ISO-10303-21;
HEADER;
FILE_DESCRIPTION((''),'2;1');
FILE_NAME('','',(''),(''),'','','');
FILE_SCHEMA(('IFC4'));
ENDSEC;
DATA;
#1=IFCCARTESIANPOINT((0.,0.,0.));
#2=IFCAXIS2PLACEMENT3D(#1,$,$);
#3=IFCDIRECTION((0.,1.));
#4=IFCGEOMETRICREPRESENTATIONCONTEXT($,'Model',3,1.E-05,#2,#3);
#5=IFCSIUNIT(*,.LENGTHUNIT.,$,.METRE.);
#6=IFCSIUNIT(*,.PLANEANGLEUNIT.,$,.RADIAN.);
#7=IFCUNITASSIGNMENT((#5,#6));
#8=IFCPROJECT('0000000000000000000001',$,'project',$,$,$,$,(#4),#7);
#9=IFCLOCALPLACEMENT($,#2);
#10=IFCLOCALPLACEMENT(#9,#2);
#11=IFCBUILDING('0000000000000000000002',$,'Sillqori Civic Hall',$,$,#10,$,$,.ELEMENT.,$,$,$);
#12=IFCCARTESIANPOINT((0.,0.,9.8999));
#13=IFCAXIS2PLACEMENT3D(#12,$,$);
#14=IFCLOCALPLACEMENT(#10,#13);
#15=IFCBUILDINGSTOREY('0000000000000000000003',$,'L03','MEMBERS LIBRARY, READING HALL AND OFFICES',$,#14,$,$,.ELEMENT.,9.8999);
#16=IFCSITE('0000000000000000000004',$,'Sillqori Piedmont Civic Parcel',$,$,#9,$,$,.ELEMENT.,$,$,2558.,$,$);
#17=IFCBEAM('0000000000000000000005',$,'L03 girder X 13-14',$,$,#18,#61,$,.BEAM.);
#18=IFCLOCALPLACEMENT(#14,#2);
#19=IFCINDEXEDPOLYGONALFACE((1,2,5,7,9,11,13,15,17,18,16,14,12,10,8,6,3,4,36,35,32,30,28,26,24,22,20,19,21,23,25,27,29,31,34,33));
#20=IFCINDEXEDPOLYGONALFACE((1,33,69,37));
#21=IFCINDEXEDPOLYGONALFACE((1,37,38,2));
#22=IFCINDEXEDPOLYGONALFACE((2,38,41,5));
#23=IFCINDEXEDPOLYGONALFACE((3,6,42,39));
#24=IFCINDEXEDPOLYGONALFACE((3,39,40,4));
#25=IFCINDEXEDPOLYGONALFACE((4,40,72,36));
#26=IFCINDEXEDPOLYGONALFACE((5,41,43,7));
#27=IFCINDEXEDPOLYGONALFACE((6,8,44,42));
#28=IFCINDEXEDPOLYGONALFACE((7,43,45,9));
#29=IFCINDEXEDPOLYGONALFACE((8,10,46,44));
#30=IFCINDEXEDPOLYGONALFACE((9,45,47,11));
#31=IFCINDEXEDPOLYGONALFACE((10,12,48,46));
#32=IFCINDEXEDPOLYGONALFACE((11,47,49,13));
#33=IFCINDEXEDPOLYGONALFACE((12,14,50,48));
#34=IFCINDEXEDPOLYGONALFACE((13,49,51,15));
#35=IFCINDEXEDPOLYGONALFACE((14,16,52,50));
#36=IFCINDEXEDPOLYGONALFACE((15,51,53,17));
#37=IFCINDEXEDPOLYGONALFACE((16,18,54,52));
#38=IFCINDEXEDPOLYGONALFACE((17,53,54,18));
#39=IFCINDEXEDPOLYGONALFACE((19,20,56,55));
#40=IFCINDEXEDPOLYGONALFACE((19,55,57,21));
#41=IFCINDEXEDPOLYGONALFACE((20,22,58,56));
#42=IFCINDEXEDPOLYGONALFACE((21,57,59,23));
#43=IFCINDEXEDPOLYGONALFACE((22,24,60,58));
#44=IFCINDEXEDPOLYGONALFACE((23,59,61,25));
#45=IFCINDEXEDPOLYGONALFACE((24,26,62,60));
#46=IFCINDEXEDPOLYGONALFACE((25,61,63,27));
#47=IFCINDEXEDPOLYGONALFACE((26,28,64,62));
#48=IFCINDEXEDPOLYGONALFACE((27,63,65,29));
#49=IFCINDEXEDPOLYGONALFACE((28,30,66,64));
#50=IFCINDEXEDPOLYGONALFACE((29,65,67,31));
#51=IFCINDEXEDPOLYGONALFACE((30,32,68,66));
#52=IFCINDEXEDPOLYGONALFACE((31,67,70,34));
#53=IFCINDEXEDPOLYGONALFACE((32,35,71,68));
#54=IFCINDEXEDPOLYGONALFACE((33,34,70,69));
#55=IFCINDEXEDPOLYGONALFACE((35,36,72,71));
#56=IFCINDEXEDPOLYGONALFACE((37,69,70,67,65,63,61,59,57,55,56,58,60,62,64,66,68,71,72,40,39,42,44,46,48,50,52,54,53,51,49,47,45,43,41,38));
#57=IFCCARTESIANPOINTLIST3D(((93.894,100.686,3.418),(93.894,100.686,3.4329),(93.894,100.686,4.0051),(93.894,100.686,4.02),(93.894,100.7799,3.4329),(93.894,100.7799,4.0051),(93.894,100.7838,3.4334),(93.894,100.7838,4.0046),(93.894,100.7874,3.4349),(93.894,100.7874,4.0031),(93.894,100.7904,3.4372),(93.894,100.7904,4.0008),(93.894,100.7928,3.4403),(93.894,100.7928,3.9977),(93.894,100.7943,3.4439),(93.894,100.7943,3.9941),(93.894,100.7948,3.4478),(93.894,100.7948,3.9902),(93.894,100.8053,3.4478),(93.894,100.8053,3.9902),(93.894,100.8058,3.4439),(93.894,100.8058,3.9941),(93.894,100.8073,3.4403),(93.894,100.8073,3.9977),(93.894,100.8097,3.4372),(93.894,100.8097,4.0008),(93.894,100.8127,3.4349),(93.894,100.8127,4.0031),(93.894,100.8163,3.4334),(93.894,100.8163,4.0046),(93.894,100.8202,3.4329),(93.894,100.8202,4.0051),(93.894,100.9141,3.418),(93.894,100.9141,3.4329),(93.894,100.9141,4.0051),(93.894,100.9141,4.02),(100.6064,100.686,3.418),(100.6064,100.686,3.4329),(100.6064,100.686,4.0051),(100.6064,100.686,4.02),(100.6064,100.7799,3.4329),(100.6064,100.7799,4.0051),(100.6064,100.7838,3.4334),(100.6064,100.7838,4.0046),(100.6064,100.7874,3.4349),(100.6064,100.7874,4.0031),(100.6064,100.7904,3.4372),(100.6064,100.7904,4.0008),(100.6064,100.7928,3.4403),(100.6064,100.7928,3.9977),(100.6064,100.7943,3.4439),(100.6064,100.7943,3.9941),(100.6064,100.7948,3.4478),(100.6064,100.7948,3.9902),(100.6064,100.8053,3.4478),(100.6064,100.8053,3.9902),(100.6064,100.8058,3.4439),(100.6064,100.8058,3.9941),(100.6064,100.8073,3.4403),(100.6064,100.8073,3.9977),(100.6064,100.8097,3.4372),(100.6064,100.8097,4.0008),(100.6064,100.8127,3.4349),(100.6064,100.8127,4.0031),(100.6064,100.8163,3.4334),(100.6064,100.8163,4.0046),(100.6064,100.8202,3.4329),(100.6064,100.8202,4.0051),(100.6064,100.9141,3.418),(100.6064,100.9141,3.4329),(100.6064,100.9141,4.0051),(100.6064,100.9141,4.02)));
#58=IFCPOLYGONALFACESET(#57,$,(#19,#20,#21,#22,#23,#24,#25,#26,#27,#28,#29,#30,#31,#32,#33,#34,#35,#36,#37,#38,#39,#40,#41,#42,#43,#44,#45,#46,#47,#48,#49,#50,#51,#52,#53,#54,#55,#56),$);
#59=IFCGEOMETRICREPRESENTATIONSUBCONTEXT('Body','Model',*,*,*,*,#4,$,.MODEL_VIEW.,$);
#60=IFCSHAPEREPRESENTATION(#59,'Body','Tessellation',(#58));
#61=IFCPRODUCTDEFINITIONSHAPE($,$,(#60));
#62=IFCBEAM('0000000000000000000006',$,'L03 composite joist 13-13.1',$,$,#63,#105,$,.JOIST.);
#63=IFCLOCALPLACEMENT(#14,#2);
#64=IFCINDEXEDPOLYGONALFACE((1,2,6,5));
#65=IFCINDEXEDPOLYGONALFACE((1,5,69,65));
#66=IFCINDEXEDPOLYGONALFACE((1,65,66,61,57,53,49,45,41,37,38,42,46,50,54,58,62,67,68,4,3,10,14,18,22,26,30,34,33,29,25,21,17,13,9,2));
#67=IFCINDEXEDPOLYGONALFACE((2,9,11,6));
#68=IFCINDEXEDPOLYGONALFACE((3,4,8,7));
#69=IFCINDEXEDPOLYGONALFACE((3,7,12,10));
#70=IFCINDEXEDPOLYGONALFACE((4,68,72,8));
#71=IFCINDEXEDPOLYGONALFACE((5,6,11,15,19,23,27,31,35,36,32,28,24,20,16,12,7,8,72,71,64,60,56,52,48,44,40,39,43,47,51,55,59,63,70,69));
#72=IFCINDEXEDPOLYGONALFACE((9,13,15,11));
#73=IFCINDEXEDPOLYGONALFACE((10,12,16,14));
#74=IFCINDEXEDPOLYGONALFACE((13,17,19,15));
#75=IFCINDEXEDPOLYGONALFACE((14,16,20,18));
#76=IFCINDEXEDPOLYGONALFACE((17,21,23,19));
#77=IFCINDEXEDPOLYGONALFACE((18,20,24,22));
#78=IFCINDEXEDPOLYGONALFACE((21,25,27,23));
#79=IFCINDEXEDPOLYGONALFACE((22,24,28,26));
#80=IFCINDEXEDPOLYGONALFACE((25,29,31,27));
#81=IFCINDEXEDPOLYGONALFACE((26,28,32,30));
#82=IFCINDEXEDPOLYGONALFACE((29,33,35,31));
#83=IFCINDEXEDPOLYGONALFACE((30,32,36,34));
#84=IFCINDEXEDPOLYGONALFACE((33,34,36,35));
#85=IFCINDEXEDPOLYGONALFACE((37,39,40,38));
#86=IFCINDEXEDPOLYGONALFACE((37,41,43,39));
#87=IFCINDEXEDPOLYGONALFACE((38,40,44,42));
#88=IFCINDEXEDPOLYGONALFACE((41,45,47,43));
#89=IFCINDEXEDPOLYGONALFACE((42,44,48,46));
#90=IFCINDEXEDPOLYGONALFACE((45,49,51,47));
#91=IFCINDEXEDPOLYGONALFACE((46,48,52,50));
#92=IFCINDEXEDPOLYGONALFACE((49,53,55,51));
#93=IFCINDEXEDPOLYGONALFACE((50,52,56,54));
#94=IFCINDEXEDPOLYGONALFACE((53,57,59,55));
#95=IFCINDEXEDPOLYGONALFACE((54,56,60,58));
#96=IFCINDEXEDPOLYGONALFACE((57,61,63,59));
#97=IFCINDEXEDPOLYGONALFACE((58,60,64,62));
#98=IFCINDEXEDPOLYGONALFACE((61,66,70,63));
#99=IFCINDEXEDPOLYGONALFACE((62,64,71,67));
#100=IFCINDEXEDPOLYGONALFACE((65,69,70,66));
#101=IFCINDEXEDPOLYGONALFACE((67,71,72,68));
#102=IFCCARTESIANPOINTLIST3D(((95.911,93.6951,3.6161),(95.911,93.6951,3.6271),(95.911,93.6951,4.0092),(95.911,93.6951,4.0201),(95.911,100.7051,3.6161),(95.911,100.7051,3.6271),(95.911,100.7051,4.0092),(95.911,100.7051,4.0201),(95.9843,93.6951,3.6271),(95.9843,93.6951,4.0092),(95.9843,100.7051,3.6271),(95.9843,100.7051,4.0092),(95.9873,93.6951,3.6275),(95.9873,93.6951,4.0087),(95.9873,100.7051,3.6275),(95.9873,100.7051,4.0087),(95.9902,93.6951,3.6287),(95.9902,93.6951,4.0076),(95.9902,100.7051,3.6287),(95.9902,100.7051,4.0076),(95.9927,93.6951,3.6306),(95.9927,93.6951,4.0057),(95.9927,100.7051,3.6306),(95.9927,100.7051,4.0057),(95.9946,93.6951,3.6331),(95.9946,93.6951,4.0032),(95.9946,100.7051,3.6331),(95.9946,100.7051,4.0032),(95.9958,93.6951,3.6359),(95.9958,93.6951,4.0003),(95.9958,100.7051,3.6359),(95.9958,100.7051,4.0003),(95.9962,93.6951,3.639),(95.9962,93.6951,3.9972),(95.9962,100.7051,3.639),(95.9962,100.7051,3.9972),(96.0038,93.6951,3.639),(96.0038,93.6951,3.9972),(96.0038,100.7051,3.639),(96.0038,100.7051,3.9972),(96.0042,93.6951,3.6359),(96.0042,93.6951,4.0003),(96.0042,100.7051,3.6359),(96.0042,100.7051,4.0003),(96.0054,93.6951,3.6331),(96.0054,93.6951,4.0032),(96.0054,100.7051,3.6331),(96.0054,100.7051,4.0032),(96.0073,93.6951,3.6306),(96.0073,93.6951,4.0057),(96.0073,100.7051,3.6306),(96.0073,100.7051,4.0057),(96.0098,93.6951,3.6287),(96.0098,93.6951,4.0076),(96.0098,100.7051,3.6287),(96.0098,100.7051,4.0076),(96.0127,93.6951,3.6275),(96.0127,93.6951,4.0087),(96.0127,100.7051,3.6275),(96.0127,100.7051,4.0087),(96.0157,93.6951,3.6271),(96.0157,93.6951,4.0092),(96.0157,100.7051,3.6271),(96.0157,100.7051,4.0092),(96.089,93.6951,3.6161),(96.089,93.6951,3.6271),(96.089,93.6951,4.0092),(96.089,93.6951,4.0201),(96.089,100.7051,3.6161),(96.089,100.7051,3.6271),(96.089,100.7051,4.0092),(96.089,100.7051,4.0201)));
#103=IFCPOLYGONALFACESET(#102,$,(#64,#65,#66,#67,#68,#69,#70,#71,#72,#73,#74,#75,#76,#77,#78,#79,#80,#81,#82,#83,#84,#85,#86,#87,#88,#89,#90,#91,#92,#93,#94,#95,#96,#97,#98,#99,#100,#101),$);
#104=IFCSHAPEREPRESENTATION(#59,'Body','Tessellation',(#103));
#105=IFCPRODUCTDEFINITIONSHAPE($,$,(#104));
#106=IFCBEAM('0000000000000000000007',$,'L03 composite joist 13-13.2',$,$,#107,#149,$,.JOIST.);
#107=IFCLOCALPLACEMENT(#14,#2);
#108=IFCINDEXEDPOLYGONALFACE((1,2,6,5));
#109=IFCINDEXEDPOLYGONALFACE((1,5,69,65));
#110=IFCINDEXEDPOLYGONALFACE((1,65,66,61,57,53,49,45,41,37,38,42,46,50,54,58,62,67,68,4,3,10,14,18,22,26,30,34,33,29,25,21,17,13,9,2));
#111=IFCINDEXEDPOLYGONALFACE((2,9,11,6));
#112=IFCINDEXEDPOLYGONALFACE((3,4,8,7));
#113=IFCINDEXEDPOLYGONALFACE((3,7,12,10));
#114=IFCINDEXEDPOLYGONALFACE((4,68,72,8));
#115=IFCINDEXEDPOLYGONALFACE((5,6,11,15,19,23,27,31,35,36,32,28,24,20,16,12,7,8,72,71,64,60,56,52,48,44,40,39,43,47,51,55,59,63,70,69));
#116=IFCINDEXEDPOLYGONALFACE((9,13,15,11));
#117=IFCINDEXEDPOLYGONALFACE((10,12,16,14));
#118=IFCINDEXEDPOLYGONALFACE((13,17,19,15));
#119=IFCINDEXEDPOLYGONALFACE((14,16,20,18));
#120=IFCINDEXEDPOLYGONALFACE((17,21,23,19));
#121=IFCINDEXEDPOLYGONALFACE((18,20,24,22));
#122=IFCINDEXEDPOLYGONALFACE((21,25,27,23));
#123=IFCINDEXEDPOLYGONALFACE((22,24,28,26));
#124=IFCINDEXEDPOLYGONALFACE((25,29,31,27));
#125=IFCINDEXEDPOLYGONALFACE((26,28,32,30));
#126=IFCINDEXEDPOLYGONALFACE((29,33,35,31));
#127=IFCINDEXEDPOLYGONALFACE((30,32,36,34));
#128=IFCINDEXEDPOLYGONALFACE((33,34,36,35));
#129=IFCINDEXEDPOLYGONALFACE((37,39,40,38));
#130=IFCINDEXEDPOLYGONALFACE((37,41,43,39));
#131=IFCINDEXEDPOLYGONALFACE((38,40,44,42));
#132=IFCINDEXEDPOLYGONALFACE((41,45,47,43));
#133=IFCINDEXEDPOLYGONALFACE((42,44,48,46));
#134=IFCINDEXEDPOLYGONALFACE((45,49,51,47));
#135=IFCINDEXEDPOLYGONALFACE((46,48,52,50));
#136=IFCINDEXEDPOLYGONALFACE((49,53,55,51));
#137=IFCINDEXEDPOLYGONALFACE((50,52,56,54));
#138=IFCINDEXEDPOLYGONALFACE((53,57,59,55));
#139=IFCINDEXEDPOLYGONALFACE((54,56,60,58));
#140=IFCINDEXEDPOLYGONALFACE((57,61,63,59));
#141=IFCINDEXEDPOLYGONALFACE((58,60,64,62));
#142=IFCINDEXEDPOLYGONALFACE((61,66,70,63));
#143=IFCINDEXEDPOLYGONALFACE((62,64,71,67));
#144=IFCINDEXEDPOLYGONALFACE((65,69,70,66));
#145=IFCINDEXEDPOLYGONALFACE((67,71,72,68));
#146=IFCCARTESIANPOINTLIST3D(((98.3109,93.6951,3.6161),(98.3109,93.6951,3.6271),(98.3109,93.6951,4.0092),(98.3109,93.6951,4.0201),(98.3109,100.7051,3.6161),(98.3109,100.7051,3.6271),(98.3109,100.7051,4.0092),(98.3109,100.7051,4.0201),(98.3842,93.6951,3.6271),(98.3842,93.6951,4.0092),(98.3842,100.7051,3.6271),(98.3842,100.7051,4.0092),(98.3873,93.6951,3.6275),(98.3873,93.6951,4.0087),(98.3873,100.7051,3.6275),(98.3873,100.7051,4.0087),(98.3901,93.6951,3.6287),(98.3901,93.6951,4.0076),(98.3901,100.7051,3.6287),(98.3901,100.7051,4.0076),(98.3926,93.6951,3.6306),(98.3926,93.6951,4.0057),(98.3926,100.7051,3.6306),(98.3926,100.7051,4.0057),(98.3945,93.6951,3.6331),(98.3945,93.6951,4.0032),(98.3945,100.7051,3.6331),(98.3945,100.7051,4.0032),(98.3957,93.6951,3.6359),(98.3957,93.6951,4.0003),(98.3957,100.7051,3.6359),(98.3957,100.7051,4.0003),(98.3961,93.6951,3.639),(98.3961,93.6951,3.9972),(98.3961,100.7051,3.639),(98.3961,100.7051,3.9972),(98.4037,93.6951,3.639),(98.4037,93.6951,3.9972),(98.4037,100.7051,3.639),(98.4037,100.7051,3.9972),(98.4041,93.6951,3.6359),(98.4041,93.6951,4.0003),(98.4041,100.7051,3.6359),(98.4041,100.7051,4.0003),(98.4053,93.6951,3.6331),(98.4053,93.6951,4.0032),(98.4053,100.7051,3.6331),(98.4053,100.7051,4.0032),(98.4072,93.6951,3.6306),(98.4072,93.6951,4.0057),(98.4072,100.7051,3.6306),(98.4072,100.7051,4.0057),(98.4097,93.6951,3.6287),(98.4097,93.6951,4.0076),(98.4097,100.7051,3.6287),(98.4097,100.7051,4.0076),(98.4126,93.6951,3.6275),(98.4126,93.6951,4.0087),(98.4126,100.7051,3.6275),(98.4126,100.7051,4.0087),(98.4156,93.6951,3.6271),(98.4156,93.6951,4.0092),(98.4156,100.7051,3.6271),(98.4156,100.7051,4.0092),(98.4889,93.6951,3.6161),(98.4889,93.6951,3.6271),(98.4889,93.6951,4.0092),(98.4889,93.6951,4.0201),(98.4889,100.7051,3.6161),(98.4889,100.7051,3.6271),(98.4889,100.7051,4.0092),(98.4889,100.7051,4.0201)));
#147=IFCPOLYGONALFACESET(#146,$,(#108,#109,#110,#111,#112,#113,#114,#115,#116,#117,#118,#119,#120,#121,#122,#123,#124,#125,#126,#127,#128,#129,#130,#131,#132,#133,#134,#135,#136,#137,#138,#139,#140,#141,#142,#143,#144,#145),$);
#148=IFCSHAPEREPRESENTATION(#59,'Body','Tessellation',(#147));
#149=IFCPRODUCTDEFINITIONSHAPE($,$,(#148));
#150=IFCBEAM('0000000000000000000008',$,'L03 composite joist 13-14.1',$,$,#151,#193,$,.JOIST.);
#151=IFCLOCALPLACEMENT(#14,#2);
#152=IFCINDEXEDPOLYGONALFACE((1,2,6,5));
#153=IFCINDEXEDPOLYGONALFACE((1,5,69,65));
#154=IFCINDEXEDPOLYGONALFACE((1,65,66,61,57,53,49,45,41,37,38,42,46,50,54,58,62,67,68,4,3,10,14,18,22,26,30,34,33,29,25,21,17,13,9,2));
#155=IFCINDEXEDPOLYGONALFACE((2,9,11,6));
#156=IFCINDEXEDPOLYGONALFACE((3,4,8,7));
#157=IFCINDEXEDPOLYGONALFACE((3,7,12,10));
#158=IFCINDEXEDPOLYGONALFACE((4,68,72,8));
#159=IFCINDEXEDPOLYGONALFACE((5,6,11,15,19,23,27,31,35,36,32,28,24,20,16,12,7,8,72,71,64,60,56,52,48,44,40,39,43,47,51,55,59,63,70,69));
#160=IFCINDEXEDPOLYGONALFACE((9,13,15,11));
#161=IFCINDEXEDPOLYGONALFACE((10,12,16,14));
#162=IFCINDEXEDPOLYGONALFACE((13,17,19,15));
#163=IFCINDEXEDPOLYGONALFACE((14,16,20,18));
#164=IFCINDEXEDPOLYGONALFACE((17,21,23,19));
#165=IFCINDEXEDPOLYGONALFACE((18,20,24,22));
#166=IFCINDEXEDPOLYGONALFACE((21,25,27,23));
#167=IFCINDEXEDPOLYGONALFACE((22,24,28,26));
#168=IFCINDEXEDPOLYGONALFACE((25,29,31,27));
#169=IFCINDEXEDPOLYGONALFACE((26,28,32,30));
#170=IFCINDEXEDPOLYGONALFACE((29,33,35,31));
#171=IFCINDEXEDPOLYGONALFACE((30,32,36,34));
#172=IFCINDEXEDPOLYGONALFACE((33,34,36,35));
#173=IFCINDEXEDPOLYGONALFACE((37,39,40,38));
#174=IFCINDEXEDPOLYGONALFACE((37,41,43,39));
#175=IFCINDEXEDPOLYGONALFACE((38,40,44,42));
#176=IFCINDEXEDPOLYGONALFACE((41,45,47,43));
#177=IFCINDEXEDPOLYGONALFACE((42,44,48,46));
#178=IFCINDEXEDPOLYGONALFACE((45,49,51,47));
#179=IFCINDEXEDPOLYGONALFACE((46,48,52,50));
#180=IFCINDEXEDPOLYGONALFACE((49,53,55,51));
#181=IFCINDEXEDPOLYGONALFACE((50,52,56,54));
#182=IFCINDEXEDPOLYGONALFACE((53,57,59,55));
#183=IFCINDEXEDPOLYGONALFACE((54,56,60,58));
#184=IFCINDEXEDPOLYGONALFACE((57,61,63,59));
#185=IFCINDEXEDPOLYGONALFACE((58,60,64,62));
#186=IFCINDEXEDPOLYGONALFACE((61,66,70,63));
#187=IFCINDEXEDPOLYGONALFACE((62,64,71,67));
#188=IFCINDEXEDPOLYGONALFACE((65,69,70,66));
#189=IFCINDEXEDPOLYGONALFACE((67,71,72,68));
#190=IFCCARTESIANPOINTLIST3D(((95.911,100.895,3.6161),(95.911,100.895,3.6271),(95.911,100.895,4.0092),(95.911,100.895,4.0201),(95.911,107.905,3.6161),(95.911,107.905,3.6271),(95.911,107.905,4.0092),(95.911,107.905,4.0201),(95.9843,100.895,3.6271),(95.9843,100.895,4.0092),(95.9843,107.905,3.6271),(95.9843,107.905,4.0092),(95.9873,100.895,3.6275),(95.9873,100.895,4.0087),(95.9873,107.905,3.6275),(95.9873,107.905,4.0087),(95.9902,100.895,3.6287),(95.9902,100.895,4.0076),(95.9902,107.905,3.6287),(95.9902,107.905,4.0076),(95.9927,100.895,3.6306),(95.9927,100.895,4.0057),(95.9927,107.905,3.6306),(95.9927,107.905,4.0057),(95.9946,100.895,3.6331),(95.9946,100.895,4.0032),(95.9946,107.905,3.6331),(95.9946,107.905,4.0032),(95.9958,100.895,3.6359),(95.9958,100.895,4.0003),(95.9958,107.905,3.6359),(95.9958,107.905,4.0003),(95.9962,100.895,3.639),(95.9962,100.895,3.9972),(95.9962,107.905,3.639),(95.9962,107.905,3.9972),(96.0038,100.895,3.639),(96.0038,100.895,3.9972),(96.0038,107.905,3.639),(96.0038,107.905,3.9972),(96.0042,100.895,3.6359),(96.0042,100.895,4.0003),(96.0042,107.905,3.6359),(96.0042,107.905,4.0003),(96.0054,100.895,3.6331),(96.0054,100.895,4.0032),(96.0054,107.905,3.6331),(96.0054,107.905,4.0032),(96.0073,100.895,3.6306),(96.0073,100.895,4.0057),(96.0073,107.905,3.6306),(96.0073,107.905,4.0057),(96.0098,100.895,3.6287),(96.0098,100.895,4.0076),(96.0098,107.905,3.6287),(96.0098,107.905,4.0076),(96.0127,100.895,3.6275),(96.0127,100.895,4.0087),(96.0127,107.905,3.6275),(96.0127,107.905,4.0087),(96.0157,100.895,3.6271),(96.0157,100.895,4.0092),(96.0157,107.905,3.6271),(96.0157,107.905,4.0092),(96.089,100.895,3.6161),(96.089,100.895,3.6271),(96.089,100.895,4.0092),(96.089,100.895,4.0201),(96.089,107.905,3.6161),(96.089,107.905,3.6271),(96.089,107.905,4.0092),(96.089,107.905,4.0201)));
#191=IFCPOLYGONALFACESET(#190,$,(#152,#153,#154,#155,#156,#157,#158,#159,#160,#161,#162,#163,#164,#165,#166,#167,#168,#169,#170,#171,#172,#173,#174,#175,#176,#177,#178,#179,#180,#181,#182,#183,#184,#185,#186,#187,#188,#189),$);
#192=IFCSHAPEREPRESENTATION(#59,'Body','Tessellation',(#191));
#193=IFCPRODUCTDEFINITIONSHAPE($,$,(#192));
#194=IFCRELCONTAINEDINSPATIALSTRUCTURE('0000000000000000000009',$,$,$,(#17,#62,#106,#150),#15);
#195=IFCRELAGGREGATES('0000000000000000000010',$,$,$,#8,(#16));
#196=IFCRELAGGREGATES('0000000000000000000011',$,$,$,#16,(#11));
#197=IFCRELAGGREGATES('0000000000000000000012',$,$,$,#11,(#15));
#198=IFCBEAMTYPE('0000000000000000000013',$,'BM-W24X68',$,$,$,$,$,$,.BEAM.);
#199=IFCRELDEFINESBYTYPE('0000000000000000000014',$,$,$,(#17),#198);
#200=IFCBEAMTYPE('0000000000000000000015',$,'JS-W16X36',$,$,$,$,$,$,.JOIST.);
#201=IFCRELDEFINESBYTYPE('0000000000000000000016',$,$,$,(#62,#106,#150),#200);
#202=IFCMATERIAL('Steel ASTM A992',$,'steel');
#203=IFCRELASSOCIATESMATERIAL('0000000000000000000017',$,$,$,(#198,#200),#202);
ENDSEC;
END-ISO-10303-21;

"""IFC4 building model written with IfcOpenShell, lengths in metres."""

from ifc_helpers import new_model, si_unit, direction, frame, origin, origin_2d, place, context, subcontext, project, spatial, i_section, extrude, material, material_profile, profile_set, type_object, element, save


model = new_model("IFC4")

# Units and contexts
model_context = context("Model", 3, precision=1e-05, world=origin(), true_north=direction((0.0, 1.0)))
body_context = subcontext(model_context, "Body", "Model", "MODEL_VIEW")
ifc_project = project(units=[si_unit("LENGTHUNIT", "METRE"), si_unit("PLANEANGLEUNIT", "RADIAN")], contexts=[model_context])

# Site, building, storey
site_placement = place(None, origin())
site = spatial("IfcSite", under=ifc_project, at=site_placement, Name="Sillqori Piedmont Civic Parcel", CompositionType="ELEMENT", RefElevation=2558.0)
building_placement = place(site_placement, origin())
building = spatial("IfcBuilding", under=site, at=building_placement, Name="Sillqori Civic Hall", CompositionType="ELEMENT")
storey_placement = place(building_placement, frame((0.0, 0.0, 9.8999)))
storey = spatial("IfcBuildingStorey", under=building, at=storey_placement, Name="L03", Description="MEMBERS LIBRARY, READING HALL AND OFFICES", CompositionType="ELEMENT", Elevation=9.8999)

# Beam
ifc_material_1 = material(Name="Steel ASTM A992", Category="steel")
ifc_material_profile_1 = material_profile(ifc_material_1, i_section(OverallWidth=0.228, OverallDepth=0.6021, WebThickness=0.0105, FlangeThickness=0.0149, FilletRadius=0.0149, at=origin_2d()), Name="W24X68")
ifc_profile_set_1 = profile_set([ifc_material_profile_1], Name="Steel ASTM A992")
beam_type_1 = type_object("IfcBeamType", Name="BM-W24X68", PredefinedType="BEAM", material=ifc_profile_set_1)
for number, where, z_axis, x_axis, name in (
    (1, (93.894, 100.8, 3.719), (1.0, 0.0, 0.0), (0.0, 1.0, 0.0), "L03 girder X 13-14"),
):
    element("IfcBeam", number, at=place(storey_placement, frame(where, z_axis=z_axis, x_axis=x_axis)), inside=storey, type_object=beam_type_1, Name=name, PredefinedType="BEAM", context=body_context, shape_type="SweptSolid", body=[
        extrude(i_section(OverallWidth=0.228, OverallDepth=0.6021, WebThickness=0.0105, FlangeThickness=0.0149, FilletRadius=0.0149, at=origin_2d()), origin(), (0.0, 0.0, 1.0), 6.7124),
    ])

# Beams
ifc_material_profile_2 = material_profile(ifc_material_1, i_section(OverallWidth=0.178, OverallDepth=0.4041, WebThickness=0.0076, FlangeThickness=0.011, FilletRadius=0.012, at=origin_2d()), Name="W16X36")
ifc_profile_set_2 = profile_set([ifc_material_profile_2], Name="Steel ASTM A992")
beam_type_2 = type_object("IfcBeamType", Name="JS-W16X36", PredefinedType="JOIST", material=ifc_profile_set_2)
for number, where, z_axis, x_axis, name in (
    (2, (96.0, 93.6951, 3.8181), (0.0, 1.0, 0.0), (-1.0, 0.0, 0.0), "L03 composite joist 13-13.1"),
    (3, (98.3999, 93.6951, 3.8181), (0.0, 1.0, 0.0), (-1.0, 0.0, 0.0), "L03 composite joist 13-13.2"),
    (4, (96.0, 100.895, 3.8181), (0.0, 1.0, 0.0), (-1.0, 0.0, 0.0), "L03 composite joist 13-14.1"),
):
    element("IfcBeam", number, at=place(storey_placement, frame(where, z_axis=z_axis, x_axis=x_axis)), inside=storey, type_object=beam_type_2, Name=name, PredefinedType="JOIST", context=body_context, shape_type="SweptSolid", body=[
        extrude(i_section(OverallWidth=0.178, OverallDepth=0.4041, WebThickness=0.0076, FlangeThickness=0.011, FilletRadius=0.012, at=origin_2d()), origin(), (0.0, 0.0, 1.0), 7.01),
    ])

save(model, "model.ifc")
